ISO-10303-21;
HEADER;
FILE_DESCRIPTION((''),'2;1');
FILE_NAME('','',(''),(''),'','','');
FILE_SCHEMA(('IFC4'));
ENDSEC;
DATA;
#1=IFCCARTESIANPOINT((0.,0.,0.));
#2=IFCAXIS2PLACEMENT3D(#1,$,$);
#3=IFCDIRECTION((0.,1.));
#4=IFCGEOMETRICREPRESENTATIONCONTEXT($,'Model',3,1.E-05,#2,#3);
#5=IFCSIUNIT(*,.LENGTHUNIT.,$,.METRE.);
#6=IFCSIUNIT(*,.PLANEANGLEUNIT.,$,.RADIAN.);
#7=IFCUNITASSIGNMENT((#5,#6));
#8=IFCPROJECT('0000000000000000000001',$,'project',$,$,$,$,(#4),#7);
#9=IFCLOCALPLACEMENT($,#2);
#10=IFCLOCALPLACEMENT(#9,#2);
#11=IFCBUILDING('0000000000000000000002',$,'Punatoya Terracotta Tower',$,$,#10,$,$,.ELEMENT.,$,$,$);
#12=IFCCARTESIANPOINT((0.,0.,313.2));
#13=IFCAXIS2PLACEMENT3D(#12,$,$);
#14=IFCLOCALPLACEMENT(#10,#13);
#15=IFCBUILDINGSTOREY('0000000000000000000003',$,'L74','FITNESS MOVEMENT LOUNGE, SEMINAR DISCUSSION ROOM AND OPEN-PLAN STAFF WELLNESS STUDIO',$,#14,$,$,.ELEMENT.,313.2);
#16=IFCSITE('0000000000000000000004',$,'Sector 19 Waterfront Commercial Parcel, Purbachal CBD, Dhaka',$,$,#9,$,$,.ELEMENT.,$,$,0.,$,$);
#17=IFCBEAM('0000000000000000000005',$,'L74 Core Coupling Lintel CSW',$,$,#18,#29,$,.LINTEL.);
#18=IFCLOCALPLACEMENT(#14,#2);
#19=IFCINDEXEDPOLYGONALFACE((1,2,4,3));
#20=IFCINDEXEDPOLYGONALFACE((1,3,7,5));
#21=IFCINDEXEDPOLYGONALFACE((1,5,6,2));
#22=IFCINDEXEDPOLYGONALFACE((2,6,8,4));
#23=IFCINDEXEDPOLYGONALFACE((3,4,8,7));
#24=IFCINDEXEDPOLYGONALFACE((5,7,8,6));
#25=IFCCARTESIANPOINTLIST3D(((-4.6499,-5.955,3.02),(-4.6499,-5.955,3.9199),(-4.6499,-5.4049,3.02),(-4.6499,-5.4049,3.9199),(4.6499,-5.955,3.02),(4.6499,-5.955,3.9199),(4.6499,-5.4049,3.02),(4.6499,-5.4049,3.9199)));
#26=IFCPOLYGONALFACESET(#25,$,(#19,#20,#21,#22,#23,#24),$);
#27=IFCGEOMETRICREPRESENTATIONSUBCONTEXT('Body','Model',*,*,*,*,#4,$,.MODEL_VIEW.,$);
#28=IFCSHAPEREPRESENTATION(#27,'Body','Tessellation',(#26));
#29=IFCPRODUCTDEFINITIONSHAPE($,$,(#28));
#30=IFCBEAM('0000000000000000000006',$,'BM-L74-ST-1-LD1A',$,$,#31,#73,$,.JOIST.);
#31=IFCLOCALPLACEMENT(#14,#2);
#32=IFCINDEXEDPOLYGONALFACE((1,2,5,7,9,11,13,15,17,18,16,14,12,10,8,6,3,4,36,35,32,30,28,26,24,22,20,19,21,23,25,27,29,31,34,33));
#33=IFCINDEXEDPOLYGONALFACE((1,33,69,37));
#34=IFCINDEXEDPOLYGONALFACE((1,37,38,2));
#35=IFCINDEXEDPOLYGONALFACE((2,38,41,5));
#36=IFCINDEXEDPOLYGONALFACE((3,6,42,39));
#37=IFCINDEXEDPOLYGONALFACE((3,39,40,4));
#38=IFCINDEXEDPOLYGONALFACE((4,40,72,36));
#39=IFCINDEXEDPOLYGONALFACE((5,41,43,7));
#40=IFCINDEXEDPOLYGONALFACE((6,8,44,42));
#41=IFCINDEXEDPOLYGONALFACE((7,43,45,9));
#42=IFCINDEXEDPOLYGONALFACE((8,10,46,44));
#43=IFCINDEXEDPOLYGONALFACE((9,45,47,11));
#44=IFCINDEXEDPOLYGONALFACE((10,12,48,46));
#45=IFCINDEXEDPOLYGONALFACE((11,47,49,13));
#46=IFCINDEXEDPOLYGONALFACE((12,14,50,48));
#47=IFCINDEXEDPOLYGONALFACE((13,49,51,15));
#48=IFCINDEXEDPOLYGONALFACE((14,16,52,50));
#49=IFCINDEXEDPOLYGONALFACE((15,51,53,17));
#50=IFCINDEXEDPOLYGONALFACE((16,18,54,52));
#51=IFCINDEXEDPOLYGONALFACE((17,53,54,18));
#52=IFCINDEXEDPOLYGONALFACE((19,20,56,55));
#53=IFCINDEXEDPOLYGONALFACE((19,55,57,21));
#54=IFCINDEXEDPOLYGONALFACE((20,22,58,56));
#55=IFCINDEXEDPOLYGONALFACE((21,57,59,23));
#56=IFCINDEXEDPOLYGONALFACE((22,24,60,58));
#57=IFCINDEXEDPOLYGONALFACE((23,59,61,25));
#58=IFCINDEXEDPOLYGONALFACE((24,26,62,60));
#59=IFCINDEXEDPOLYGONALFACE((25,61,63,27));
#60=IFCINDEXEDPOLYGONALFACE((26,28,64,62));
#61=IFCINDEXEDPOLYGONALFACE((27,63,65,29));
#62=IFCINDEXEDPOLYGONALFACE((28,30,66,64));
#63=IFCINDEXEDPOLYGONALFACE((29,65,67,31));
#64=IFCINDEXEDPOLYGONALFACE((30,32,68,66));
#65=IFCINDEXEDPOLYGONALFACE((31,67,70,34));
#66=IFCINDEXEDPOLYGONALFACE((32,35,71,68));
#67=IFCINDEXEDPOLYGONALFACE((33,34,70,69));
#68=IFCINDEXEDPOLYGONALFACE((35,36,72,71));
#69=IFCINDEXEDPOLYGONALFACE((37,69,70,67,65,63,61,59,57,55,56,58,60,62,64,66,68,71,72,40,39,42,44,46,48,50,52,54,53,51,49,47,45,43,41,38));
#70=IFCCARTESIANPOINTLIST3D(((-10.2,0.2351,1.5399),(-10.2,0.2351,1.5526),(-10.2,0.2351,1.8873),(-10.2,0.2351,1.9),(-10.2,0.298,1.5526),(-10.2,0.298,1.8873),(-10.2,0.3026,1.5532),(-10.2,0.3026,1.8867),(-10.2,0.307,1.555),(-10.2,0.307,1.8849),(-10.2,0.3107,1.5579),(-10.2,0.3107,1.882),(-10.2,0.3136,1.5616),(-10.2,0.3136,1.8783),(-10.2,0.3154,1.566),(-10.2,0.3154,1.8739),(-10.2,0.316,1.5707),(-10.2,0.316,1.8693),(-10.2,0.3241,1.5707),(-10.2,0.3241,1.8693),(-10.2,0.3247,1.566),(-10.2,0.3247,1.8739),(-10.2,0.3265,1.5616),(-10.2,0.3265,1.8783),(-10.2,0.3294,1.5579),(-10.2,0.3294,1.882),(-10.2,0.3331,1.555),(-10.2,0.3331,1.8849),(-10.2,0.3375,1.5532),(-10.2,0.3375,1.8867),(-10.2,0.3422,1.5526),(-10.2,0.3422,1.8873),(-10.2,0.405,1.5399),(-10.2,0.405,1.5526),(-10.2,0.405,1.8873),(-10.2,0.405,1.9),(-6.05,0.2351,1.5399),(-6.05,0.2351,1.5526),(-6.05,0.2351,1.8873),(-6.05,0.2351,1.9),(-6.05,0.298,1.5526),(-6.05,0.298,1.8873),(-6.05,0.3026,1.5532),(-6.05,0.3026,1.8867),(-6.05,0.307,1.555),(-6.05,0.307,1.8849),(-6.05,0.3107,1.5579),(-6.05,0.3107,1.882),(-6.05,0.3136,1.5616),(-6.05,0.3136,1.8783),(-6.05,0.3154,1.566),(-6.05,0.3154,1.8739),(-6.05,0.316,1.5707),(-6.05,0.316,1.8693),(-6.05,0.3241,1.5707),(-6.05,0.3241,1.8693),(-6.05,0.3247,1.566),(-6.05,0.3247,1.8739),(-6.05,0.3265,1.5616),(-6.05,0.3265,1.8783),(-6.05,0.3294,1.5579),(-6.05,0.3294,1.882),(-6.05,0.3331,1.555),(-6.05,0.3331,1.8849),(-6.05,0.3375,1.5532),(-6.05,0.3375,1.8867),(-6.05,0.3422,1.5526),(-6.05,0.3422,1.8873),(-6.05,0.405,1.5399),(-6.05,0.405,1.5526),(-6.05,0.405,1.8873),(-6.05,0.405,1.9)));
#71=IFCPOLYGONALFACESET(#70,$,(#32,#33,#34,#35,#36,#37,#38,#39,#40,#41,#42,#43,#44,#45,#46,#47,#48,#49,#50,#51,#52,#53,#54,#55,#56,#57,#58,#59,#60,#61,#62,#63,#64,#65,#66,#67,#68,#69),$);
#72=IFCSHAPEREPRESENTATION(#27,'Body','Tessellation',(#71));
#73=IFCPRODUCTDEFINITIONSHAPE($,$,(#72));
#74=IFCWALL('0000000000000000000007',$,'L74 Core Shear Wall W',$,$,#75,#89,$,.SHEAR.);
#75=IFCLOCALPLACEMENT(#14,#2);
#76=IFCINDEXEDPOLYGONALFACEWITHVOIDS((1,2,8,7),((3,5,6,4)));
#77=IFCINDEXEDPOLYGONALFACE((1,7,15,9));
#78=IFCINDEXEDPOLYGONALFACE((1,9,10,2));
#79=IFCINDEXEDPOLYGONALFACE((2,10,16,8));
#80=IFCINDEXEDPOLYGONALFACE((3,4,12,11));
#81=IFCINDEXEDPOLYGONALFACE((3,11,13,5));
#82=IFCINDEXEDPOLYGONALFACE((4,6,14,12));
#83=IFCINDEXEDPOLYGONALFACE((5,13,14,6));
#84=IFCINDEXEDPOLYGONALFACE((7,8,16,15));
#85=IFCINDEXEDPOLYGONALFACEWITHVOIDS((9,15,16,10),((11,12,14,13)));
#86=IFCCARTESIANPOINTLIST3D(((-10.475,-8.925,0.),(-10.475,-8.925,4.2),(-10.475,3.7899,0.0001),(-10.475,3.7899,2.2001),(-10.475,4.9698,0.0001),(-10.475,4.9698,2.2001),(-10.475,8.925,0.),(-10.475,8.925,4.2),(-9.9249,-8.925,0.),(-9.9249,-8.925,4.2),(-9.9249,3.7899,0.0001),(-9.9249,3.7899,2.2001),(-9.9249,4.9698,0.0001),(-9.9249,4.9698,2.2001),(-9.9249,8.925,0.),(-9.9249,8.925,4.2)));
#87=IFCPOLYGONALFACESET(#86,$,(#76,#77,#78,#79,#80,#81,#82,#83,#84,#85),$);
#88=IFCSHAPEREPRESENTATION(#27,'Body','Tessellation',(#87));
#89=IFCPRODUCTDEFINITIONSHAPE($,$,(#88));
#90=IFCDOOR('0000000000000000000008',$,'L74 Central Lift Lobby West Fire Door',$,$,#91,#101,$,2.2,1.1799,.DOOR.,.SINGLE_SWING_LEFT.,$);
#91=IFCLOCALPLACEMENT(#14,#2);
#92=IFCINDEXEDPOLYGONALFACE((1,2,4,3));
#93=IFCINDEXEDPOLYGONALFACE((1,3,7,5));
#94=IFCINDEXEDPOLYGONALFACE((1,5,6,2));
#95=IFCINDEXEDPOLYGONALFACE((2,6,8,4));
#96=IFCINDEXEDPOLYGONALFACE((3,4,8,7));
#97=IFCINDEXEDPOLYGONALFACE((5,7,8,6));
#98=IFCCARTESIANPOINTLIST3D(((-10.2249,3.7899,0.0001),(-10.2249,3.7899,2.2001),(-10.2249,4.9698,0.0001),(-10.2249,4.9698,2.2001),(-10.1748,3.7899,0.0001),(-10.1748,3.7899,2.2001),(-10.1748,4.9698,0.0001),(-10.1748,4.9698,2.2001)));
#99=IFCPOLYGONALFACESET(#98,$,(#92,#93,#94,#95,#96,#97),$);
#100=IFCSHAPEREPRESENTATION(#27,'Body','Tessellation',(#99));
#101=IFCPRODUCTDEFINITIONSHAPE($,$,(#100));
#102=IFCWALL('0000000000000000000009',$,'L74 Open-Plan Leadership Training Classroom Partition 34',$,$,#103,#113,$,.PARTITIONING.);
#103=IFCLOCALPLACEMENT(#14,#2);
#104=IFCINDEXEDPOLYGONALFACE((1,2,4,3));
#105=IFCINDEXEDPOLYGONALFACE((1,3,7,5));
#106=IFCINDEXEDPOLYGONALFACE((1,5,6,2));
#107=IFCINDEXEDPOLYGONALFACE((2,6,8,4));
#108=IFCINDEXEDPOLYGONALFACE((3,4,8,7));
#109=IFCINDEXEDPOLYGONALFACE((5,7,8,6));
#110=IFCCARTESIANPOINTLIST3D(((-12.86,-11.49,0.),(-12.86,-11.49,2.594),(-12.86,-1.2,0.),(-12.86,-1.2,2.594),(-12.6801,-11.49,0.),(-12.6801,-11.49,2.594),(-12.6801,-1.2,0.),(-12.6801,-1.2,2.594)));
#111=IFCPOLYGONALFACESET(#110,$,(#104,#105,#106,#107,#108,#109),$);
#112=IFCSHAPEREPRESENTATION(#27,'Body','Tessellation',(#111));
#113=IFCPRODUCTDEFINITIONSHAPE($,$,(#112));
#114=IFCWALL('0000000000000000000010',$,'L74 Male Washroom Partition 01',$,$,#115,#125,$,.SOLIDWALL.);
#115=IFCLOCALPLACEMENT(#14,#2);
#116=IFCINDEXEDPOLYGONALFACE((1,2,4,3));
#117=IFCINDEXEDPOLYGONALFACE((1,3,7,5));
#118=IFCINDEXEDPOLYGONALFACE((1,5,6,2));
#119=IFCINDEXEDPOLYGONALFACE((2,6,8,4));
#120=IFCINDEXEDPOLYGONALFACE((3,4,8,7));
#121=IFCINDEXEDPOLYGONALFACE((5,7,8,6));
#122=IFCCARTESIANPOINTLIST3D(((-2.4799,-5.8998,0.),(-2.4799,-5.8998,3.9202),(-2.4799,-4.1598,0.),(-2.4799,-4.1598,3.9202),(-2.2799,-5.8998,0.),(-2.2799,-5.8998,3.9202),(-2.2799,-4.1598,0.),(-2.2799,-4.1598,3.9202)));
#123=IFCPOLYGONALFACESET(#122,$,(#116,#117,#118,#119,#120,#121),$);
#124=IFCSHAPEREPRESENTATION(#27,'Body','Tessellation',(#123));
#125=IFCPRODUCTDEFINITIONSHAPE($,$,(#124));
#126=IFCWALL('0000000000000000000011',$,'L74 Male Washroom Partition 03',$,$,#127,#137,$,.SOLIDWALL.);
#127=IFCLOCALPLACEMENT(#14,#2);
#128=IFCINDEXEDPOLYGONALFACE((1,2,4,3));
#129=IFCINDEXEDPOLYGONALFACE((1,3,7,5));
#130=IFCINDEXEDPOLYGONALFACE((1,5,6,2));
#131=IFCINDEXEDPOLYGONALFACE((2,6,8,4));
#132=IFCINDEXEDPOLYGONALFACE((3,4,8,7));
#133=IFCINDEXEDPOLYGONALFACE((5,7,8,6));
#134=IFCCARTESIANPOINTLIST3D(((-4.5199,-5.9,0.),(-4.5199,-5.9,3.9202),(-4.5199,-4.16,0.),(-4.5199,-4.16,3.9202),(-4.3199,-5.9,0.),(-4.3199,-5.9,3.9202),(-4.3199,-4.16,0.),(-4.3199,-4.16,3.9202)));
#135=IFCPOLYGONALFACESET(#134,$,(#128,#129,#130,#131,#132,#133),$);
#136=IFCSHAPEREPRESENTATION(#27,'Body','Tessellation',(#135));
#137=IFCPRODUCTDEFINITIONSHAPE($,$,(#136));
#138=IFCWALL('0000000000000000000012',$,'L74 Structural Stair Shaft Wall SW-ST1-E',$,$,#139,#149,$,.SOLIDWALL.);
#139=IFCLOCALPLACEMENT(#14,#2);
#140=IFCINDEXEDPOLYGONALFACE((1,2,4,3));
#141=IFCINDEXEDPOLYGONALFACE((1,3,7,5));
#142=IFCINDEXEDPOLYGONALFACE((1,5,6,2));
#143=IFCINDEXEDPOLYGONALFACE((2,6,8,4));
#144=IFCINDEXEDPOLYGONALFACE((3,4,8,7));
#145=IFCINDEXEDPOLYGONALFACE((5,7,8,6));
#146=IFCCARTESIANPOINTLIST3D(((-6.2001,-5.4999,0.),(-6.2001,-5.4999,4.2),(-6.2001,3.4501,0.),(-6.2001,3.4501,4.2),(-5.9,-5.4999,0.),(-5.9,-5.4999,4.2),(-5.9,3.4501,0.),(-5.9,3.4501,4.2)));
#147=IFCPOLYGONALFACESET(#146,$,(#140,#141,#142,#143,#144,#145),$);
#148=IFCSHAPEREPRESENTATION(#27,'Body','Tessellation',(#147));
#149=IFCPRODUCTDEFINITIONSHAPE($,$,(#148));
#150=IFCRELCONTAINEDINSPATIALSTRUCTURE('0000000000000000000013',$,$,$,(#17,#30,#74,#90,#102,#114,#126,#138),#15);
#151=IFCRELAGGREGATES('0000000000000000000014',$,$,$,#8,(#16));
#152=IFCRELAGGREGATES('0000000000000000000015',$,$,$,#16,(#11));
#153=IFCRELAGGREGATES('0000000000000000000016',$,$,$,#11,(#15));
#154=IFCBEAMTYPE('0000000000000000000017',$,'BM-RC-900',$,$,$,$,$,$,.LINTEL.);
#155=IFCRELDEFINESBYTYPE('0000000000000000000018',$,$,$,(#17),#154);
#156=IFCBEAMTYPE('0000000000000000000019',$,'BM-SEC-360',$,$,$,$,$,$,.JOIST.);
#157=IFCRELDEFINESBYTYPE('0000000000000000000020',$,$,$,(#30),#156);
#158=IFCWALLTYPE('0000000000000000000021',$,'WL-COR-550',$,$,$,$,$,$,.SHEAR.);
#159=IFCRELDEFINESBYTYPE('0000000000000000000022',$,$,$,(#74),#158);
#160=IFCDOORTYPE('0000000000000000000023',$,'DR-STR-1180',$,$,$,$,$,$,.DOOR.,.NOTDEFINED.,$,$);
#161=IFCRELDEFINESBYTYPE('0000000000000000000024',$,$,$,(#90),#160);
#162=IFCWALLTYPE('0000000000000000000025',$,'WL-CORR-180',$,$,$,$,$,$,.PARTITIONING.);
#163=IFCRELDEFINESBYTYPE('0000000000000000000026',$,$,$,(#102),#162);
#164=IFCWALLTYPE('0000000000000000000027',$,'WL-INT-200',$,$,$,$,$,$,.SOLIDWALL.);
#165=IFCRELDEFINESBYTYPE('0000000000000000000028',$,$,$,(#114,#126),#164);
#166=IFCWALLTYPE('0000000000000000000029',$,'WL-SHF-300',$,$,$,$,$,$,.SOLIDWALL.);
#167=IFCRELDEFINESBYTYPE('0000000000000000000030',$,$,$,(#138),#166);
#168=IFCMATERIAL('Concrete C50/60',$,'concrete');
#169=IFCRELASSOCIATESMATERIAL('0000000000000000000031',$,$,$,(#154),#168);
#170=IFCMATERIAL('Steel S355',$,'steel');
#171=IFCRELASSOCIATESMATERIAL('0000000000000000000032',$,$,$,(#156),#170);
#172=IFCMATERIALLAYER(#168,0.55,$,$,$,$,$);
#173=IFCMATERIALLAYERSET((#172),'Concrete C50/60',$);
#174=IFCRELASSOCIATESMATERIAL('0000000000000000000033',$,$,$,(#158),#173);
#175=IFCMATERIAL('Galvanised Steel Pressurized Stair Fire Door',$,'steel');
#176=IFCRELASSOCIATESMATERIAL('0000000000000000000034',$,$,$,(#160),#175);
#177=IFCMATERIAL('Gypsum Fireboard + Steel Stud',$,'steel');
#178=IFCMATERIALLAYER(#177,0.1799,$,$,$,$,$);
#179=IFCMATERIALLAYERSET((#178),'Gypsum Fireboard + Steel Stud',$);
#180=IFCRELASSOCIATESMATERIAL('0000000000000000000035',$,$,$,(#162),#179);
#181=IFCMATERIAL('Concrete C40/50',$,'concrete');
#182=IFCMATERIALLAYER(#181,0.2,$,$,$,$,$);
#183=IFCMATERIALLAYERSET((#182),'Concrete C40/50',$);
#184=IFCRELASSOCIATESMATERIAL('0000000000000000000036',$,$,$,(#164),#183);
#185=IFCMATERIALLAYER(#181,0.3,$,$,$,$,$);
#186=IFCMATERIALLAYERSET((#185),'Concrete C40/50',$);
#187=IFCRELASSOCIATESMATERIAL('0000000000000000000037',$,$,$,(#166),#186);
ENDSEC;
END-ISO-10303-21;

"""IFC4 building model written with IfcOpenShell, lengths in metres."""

from ifc_helpers import new_model, si_unit, direction, frame, frame_2d, origin, origin_2d, place, context, subcontext, project, spatial, rectangle, i_section, extrude, material, layer, layer_set, material_profile, profile_set, type_object, element, fill, save


model = new_model("IFC4")

# Units and contexts
model_context = context("Model", 3, precision=1e-05, world=origin(), true_north=direction((0.0, 1.0)))
body_context = subcontext(model_context, "Body", "Model", "MODEL_VIEW")
ifc_project = project(units=[si_unit("LENGTHUNIT", "METRE"), si_unit("PLANEANGLEUNIT", "RADIAN")], contexts=[model_context])

# Site, building, storey
site_placement = place(None, origin())
site = spatial("IfcSite", under=ifc_project, at=site_placement, Name="Sector 19 Waterfront Commercial Parcel, Purbachal CBD, Dhaka", CompositionType="ELEMENT", RefElevation=0.0)
building_placement = place(site_placement, origin())
building = spatial("IfcBuilding", under=site, at=building_placement, Name="Punatoya Terracotta Tower", CompositionType="ELEMENT")
storey_placement = place(building_placement, frame((0.0, 0.0, 313.2)))
storey = spatial("IfcBuildingStorey", under=building, at=storey_placement, Name="L74", Description="FITNESS MOVEMENT LOUNGE, SEMINAR DISCUSSION ROOM AND OPEN-PLAN STAFF WELLNESS STUDIO", CompositionType="ELEMENT", Elevation=313.2)

# Beams
ifc_material_1 = material(Name="Concrete C50/60", Category="concrete")
ifc_material_profile_1 = material_profile(ifc_material_1, rectangle(XDim=0.55, YDim=0.8999, at=origin_2d()))
ifc_profile_set_1 = profile_set([ifc_material_profile_1], Name="Concrete C50/60")
beam_type_1 = type_object("IfcBeamType", Name="BM-RC-900", PredefinedType="LINTEL", material=ifc_profile_set_1)
beam_1_placement = place(storey_placement, frame((-4.6499, -5.6799, 3.47), z_axis=(1.0, 0.0, 0.0), x_axis=(0.0, 1.0, 0.0)))
element("IfcBeam", 1, at=beam_1_placement, inside=storey, type_object=beam_type_1, Name="L74 Core Coupling Lintel CSW", PredefinedType="LINTEL", context=body_context, shape_type="SweptSolid", body=[
    extrude(rectangle(XDim=0.55, YDim=0.8999, at=origin_2d()), origin(), (0.0, 0.0, 1.0), 9.2998),
])
ifc_material_2 = material(Name="Steel S355", Category="steel")
ifc_material_profile_2 = material_profile(ifc_material_2, i_section(OverallWidth=0.1699, OverallDepth=0.3601, WebThickness=0.0081, FlangeThickness=0.0127, FilletRadius=0.0181, at=origin_2d()))
ifc_profile_set_2 = profile_set([ifc_material_profile_2], Name="Steel S355")
beam_type_2 = type_object("IfcBeamType", Name="BM-SEC-360", PredefinedType="JOIST", material=ifc_profile_set_2)
beam_2_placement = place(storey_placement, frame((-10.2, 0.3201, 1.72), z_axis=(1.0, 0.0, 0.0), x_axis=(0.0, 1.0, 0.0)))
element("IfcBeam", 2, at=beam_2_placement, inside=storey, type_object=beam_type_2, Name="BM-L74-ST-1-LD1A", PredefinedType="JOIST", context=body_context, shape_type="SweptSolid", body=[
    extrude(i_section(OverallWidth=0.1699, OverallDepth=0.3601, WebThickness=0.0081, FlangeThickness=0.0127, FilletRadius=0.0181, at=origin_2d()), origin(), (0.0, 0.0, 1.0), 4.1499),
])

# Wall, opening, door
ifc_layer_1 = layer(ifc_material_1, 0.55)
ifc_layer_set_1 = layer_set([ifc_layer_1], Name="Concrete C50/60")
wall_type_1 = type_object("IfcWallType", Name="WL-COR-550", PredefinedType="SHEAR", material=ifc_layer_set_1)
wall_1_placement = place(storey_placement, frame((-10.2, -8.925, 0.0), z_axis=(0.0, 0.0, 1.0), x_axis=(0.0, 1.0, 0.0)))
wall_1 = element("IfcWall", 3, at=wall_1_placement, inside=storey, type_object=wall_type_1, Name="L74 Core Shear Wall W", PredefinedType="SHEAR", context=body_context, shape_type="SweptSolid", body=[
    extrude(rectangle(XDim=17.8501, YDim=0.55, at=frame_2d((8.925, 0.0))), origin(), (0.0, 0.0, 1.0), 4.2),
])
opening_1_placement = place(wall_1_placement, frame((12.7151, 0.0, 0.0)))
opening_1 = element("IfcOpeningElement", 4, at=opening_1_placement, cuts=wall_1, PredefinedType="OPENING", context=body_context, shape_type="SweptSolid", body=[
    extrude(rectangle(XDim=1.1799, YDim=2.2, at=frame_2d((0.5898, 1.1001))), frame((0.0, 0.2849, 0.0), z_axis=(0.0, -1.0, 0.0), x_axis=(1.0, 0.0, 0.0)), (0.0, 0.0, 1.0), 0.5701),
])
ifc_material_3 = material(Name="Galvanised Steel Pressurized Stair Fire Door", Category="steel")
door_type_1 = type_object("IfcDoorType", Name="DR-STR-1180", OperationType="NOTDEFINED", PredefinedType="DOOR", material=ifc_material_3)
door_1_placement = place(opening_1_placement, origin())
door_1 = element("IfcDoor", 5, at=door_1_placement, inside=storey, type_object=door_type_1, Name="L74 Central Lift Lobby West Fire Door", OperationType="SINGLE_SWING_LEFT", OverallHeight=2.2, OverallWidth=1.1799, PredefinedType="DOOR", context=body_context, shape_type="SweptSolid", body=[
    extrude(rectangle(XDim=1.1799, YDim=2.2, at=frame_2d((0.5898, 1.1001))), frame((0.0, 0.0249, 0.0), z_axis=(0.0, -1.0, 0.0), x_axis=(1.0, 0.0, 0.0)), (0.0, 0.0, 1.0), 0.05),
])
fill(opening_1, door_1)

# Walls
ifc_material_4 = material(Name="Gypsum Fireboard + Steel Stud", Category="steel")
ifc_layer_2 = layer(ifc_material_4, 0.1799)
ifc_layer_set_2 = layer_set([ifc_layer_2], Name="Gypsum Fireboard + Steel Stud")
wall_type_2 = type_object("IfcWallType", Name="WL-CORR-180", PredefinedType="PARTITIONING", material=ifc_layer_set_2)
wall_2_placement = place(storey_placement, frame((-12.77, -1.2, 0.0), z_axis=(0.0, 0.0, 1.0), x_axis=(0.0, -1.0, 0.0)))
element("IfcWall", 6, at=wall_2_placement, inside=storey, type_object=wall_type_2, Name="L74 Open-Plan Leadership Training Classroom Partition 34", PredefinedType="PARTITIONING", context=body_context, shape_type="SweptSolid", body=[
    extrude(rectangle(XDim=10.29, YDim=0.1799, at=frame_2d((5.145, 0.0))), origin(), (0.0, 0.0, 1.0), 2.594),
])
ifc_material_5 = material(Name="Concrete C40/50", Category="concrete")
ifc_layer_3 = layer(ifc_material_5, 0.2)
ifc_layer_set_3 = layer_set([ifc_layer_3], Name="Concrete C40/50")
wall_type_3 = type_object("IfcWallType", Name="WL-INT-200", PredefinedType="SOLIDWALL", material=ifc_layer_set_3)
wall_3_placement = place(storey_placement, frame((-2.3799, -5.8999, 0.0), z_axis=(0.0, 0.0, 1.0), x_axis=(0.0, 1.0, 0.0)))
element("IfcWall", 7, at=wall_3_placement, inside=storey, type_object=wall_type_3, Name="L74 Male Washroom Partition 01", PredefinedType="SOLIDWALL", context=body_context, shape_type="SweptSolid", body=[
    extrude(rectangle(XDim=1.74, YDim=0.2, at=frame_2d((0.8701, 0.0))), origin(), (0.0, 0.0, 1.0), 3.9202),
])

# Walls
wall_4_placement = place(storey_placement, frame((-4.4199, -4.1599, 0.0), z_axis=(0.0, 0.0, 1.0), x_axis=(0.0, -1.0, 0.0)))
element("IfcWall", 8, at=wall_4_placement, inside=storey, type_object=wall_type_3, Name="L74 Male Washroom Partition 03", PredefinedType="SOLIDWALL", context=body_context, shape_type="SweptSolid", body=[
    extrude(rectangle(XDim=1.74, YDim=0.2, at=frame_2d((0.8701, 0.0))), origin(), (0.0, 0.0, 1.0), 3.9202),
])
ifc_layer_4 = layer(ifc_material_5, 0.3)
ifc_layer_set_4 = layer_set([ifc_layer_4], Name="Concrete C40/50")
wall_type_4 = type_object("IfcWallType", Name="WL-SHF-300", PredefinedType="SOLIDWALL", material=ifc_layer_set_4)
wall_5_placement = place(storey_placement, frame((-6.05, -5.5, 0.0), z_axis=(0.0, 0.0, 1.0), x_axis=(0.0, 1.0, 0.0)))
element("IfcWall", 9, at=wall_5_placement, inside=storey, type_object=wall_type_4, Name="L74 Structural Stair Shaft Wall SW-ST1-E", PredefinedType="SOLIDWALL", context=body_context, shape_type="SweptSolid", body=[
    extrude(rectangle(XDim=8.95, YDim=0.3, at=frame_2d((4.4751, 0.0))), origin(), (0.0, 0.0, 1.0), 4.2),
])

save(model, "model.ifc")
